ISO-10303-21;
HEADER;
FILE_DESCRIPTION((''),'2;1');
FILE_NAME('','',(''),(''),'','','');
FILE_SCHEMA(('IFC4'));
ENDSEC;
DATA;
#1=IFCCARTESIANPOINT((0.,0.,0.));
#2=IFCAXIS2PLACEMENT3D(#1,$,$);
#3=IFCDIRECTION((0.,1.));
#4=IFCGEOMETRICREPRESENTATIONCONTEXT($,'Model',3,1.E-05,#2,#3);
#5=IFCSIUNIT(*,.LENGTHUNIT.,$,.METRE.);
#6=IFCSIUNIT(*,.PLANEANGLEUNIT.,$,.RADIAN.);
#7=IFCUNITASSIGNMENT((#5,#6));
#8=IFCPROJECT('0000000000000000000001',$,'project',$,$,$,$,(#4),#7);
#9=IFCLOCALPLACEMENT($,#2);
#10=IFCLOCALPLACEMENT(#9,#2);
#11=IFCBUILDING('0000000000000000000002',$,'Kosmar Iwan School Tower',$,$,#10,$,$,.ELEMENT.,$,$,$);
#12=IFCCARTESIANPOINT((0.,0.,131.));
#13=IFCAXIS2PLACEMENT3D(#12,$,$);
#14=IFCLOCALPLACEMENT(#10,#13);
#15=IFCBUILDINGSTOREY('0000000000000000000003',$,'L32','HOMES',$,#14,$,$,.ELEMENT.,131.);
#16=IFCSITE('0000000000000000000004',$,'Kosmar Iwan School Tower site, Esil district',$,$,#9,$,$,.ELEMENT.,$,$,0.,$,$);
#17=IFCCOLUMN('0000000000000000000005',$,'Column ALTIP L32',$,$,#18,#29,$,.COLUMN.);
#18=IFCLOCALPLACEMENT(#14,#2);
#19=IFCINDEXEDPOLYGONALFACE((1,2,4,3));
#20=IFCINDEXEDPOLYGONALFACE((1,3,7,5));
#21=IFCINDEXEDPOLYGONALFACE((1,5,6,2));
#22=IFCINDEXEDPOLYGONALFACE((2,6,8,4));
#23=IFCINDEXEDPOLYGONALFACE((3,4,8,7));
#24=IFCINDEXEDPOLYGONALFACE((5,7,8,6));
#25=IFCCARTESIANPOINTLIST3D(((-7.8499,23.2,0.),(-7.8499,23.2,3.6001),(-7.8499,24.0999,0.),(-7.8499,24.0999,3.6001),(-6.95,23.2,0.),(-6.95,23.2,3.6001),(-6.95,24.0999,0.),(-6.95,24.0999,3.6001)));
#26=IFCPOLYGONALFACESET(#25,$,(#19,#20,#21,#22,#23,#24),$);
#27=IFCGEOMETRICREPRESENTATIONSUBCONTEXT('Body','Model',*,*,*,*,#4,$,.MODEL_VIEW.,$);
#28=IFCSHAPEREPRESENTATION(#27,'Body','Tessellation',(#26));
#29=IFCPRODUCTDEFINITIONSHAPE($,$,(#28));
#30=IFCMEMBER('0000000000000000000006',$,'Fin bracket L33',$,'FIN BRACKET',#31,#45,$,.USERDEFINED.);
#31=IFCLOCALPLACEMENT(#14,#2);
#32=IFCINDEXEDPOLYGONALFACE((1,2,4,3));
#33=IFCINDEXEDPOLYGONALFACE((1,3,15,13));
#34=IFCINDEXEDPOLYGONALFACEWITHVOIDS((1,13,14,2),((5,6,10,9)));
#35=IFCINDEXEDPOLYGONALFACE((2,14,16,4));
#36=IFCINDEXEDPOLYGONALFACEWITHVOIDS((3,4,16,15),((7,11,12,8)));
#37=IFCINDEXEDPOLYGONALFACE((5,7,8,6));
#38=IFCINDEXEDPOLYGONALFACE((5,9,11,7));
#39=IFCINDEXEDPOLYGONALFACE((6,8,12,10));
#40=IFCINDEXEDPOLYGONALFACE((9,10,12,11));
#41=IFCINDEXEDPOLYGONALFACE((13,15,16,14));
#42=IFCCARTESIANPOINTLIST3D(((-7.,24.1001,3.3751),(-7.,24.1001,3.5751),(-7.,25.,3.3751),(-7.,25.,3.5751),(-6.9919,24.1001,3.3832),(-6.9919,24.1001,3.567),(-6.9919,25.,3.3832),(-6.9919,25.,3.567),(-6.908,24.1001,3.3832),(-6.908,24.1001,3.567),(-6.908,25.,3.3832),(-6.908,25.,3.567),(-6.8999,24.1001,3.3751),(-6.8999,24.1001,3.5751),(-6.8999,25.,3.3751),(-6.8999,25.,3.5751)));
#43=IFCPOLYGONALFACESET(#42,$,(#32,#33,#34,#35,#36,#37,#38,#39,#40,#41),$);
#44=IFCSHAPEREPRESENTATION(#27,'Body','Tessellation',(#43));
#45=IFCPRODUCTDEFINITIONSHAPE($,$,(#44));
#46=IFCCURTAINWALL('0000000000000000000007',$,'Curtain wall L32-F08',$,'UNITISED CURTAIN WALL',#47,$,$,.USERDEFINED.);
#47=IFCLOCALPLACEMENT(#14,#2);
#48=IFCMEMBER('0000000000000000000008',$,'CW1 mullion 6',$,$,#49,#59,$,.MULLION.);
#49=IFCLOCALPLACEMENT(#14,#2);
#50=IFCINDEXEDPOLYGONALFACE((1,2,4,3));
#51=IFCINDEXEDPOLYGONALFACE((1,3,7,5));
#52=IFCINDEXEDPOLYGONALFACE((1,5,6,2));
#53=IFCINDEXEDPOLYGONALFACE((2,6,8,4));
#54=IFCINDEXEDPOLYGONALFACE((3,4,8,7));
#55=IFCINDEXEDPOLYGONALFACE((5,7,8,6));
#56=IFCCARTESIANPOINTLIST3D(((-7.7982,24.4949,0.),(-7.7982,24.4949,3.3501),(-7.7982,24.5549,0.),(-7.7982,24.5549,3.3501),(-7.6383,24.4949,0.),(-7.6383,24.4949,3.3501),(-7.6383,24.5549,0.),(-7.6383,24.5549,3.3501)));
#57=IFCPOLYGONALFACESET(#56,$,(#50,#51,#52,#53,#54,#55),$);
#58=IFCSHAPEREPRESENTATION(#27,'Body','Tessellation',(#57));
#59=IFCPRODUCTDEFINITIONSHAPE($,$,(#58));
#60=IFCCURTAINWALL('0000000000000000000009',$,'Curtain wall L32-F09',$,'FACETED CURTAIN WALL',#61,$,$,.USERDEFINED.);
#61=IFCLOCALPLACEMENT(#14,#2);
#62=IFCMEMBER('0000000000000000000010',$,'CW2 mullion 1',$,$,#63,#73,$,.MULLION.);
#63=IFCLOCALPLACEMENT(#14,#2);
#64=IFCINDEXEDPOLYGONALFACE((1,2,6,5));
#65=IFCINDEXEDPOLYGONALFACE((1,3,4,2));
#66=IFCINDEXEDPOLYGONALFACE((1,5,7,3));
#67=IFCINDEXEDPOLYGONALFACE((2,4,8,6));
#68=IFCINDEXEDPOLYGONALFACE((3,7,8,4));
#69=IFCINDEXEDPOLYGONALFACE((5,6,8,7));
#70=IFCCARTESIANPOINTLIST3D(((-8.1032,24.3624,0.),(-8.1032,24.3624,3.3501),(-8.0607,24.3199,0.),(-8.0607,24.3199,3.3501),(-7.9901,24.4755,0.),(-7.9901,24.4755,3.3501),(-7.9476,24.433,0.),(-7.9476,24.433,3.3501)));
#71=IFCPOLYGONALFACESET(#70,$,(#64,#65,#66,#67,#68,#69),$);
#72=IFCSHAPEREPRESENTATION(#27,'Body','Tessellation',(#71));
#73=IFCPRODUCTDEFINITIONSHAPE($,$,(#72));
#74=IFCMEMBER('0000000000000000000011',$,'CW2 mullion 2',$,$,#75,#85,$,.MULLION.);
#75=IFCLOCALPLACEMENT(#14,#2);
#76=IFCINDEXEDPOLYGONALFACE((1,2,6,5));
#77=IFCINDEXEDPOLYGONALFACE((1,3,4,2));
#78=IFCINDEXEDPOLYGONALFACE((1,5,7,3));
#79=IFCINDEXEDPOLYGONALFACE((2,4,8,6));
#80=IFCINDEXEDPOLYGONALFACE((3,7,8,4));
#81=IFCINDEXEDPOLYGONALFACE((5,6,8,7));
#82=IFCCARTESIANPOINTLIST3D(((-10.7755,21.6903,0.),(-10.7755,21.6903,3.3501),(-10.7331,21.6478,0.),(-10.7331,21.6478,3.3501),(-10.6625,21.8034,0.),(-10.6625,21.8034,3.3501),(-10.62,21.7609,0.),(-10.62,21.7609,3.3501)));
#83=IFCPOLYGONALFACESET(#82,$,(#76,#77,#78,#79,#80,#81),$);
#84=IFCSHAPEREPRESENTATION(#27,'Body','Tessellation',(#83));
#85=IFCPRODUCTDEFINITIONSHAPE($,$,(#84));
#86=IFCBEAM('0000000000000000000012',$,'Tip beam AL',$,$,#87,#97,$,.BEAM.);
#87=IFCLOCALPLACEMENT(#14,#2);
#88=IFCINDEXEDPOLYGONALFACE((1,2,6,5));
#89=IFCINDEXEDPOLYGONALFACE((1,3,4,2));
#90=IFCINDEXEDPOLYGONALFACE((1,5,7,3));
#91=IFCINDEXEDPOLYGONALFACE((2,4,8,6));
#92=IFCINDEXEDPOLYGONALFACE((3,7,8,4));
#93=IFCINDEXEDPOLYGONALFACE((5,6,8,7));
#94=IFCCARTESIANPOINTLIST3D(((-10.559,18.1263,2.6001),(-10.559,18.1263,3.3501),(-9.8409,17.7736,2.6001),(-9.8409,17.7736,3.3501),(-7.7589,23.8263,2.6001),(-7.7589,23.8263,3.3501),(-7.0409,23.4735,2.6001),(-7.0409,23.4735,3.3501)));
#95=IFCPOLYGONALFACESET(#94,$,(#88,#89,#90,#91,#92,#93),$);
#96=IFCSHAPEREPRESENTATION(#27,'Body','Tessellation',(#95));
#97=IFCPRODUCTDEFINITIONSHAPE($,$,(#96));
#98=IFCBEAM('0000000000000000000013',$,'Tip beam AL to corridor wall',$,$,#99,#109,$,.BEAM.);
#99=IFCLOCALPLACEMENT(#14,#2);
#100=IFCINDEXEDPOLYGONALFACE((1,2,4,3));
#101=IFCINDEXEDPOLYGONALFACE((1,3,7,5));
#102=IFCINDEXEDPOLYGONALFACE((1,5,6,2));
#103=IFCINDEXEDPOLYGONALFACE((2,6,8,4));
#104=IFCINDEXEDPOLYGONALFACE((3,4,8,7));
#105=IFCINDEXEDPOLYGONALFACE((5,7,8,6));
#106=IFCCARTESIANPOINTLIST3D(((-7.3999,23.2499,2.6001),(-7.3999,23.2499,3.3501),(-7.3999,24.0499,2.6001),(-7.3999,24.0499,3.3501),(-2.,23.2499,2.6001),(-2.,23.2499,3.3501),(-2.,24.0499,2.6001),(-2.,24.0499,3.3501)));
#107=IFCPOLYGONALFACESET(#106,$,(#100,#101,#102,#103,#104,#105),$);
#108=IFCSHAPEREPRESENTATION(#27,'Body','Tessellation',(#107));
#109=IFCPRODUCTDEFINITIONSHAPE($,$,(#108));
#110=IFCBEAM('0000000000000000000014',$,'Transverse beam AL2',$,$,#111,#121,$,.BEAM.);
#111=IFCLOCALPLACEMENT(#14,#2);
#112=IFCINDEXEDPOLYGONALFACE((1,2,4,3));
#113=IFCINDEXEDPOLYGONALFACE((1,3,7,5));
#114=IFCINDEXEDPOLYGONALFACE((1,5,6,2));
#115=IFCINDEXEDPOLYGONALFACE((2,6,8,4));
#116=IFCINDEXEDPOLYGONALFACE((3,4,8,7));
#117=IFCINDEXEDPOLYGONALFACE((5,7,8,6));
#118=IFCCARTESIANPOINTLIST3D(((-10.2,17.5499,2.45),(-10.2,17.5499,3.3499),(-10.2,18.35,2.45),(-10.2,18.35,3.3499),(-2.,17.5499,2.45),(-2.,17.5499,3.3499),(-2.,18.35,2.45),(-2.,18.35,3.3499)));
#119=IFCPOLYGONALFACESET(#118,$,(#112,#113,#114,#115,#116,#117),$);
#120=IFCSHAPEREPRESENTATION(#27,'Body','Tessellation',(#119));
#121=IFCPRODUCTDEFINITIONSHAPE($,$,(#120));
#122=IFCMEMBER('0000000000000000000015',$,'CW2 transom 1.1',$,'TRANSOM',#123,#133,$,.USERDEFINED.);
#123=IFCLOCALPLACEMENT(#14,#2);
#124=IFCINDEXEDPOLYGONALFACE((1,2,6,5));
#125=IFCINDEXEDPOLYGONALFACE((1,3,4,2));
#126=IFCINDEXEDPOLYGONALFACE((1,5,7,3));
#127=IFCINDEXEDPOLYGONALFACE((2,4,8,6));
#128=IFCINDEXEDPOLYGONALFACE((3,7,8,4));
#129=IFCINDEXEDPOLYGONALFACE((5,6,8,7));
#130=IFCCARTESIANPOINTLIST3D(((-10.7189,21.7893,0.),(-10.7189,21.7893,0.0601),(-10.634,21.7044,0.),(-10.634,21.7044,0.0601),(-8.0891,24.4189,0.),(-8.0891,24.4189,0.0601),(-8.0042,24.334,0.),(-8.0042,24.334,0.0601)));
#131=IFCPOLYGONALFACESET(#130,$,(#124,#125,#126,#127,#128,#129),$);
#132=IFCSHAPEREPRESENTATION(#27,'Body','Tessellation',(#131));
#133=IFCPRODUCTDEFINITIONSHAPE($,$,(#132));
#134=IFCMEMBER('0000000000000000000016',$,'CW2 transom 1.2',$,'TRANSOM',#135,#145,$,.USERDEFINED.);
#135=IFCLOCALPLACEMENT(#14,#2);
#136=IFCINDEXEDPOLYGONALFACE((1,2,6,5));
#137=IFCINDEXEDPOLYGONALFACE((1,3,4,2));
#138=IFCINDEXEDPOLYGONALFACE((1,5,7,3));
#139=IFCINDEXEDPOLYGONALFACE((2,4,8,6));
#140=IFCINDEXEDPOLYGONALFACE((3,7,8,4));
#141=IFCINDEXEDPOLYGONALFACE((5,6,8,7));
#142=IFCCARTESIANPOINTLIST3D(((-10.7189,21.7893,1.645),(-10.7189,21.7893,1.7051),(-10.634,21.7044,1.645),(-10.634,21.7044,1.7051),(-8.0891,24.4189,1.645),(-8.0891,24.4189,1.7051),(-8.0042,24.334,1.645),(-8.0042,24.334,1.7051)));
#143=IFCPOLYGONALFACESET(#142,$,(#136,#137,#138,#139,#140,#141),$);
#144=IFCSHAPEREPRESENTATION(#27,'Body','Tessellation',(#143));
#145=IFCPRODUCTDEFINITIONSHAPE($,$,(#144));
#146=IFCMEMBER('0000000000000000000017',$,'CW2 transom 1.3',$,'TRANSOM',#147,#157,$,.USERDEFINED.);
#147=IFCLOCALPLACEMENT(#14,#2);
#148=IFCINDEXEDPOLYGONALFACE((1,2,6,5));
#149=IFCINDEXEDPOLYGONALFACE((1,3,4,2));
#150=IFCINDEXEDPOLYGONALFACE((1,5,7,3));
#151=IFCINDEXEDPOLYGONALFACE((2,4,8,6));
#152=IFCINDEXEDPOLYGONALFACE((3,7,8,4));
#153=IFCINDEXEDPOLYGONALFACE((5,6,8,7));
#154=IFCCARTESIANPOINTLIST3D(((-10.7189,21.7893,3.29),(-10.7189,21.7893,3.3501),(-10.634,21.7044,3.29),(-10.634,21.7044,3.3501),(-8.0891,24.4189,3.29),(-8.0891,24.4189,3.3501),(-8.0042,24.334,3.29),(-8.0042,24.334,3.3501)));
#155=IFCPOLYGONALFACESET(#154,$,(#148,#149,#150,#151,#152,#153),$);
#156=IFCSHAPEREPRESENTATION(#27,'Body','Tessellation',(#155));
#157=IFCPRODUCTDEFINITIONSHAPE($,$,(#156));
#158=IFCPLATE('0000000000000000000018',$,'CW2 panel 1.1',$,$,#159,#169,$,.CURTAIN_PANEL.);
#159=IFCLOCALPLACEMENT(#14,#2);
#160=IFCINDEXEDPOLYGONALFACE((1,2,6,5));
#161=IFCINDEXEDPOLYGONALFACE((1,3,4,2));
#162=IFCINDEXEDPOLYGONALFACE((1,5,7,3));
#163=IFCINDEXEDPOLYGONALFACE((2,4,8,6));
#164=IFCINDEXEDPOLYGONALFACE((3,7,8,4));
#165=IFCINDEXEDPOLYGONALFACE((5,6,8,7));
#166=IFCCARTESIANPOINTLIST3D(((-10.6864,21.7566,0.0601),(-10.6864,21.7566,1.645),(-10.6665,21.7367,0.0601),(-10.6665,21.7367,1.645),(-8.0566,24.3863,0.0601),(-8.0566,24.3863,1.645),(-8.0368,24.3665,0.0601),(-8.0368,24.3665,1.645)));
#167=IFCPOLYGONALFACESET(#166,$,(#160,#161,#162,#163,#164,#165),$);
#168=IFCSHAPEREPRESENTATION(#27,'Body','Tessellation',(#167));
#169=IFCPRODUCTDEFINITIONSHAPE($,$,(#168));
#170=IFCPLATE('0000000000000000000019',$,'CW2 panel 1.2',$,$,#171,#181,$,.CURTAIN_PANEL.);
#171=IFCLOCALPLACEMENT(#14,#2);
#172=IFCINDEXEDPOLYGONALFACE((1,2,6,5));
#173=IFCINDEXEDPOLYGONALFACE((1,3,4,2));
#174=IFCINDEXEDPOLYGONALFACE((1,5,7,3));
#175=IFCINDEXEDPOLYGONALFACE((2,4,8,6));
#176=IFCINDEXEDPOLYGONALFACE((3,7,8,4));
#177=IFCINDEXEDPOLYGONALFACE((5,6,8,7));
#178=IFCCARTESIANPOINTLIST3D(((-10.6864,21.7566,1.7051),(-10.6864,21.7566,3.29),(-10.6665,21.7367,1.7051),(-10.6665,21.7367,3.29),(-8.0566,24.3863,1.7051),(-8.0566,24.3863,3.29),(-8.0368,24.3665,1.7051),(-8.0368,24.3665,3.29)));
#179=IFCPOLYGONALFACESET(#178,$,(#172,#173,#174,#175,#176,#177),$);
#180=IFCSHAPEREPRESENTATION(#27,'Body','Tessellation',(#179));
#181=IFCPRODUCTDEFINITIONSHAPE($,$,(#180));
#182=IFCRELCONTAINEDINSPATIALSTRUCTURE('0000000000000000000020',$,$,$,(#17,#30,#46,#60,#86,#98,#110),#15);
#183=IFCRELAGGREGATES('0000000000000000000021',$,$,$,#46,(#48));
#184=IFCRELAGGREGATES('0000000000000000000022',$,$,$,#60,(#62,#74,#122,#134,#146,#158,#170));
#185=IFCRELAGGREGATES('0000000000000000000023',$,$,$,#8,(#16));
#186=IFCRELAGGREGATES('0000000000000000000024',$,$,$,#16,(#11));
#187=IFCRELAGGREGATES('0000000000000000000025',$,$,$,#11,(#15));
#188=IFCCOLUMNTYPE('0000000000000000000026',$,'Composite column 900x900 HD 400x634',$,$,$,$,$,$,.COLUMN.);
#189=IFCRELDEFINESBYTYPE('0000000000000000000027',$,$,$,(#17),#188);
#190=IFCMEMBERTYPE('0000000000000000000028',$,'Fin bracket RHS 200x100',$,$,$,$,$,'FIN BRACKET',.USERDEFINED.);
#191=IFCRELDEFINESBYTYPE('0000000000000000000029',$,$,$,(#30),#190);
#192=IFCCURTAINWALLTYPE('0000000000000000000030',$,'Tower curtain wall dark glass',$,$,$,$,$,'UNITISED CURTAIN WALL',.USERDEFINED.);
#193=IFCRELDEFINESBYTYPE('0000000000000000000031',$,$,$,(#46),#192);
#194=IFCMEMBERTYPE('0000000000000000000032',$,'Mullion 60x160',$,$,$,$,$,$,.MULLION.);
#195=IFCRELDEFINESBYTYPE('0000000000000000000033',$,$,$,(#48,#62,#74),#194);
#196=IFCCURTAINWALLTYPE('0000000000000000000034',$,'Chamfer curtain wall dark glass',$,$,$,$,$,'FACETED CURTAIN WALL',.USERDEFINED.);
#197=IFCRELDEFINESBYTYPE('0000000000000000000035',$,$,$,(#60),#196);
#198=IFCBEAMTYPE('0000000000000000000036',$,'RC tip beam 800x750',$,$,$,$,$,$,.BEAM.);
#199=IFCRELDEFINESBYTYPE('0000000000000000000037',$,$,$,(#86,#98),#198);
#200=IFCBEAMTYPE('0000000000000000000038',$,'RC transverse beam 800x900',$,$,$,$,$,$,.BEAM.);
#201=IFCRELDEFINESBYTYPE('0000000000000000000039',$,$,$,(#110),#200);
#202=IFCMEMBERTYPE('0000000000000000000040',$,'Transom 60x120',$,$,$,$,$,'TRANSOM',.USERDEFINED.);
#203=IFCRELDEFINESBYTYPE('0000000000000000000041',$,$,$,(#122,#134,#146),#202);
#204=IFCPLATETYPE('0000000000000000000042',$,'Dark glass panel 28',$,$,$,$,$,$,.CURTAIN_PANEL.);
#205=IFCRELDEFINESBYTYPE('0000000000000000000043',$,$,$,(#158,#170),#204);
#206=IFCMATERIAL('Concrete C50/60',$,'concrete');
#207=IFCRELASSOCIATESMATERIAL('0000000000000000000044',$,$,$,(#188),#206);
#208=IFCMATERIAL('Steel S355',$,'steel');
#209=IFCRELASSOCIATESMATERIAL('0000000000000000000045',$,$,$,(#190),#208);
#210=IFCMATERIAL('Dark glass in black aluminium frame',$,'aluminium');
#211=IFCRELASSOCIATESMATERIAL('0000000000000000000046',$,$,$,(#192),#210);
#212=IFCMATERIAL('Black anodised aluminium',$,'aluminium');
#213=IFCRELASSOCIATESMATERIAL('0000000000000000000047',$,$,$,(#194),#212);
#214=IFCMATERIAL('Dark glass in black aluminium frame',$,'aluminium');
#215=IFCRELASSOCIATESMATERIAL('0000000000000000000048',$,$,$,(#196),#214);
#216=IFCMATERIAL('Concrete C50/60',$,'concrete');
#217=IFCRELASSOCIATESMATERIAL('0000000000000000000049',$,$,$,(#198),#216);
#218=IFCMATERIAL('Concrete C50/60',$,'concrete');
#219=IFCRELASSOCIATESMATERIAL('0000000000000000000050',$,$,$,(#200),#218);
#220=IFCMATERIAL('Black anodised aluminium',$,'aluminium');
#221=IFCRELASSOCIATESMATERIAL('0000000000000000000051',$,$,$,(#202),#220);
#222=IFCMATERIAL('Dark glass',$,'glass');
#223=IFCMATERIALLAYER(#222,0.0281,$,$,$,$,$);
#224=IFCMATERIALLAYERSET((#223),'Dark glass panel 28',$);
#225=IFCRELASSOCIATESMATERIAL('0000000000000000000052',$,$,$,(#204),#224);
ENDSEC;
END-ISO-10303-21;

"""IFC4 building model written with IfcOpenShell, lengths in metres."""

from ifc_helpers import new_model, si_unit, direction, frame, origin, origin_2d, place, context, subcontext, project, spatial, rectangle, hollow_rectangle, extrude, material, layer, layer_set, material_profile, profile_set, type_object, element, aggregate, save


model = new_model("IFC4")

# Units and contexts
model_context = context("Model", 3, precision=1e-05, world=origin(), true_north=direction((0.0, 1.0)))
body_context = subcontext(model_context, "Body", "Model", "MODEL_VIEW")
ifc_project = project(units=[si_unit("LENGTHUNIT", "METRE"), si_unit("PLANEANGLEUNIT", "RADIAN")], contexts=[model_context])

# Site, building, storey
site_placement = place(None, origin())
site = spatial("IfcSite", under=ifc_project, at=site_placement, Name="Kosmar Iwan School Tower site, Esil district", CompositionType="ELEMENT", RefElevation=0.0)
building_placement = place(site_placement, origin())
building = spatial("IfcBuilding", under=site, at=building_placement, Name="Kosmar Iwan School Tower", CompositionType="ELEMENT")
storey_placement = place(building_placement, frame((0.0, 0.0, 131.0)))
storey = spatial("IfcBuildingStorey", under=building, at=storey_placement, Name="L32", Description="HOMES", CompositionType="ELEMENT", Elevation=131.0)

# Column
ifc_material_1 = material(Name="Concrete C50/60", Category="concrete")
ifc_material_profile_1 = material_profile(ifc_material_1, rectangle(XDim=0.8999, YDim=0.8999, at=origin_2d()), Name="RC 900x900 + HD 400x634")
ifc_profile_set_1 = profile_set([ifc_material_profile_1], Name="Concrete C50/60")
column_type = type_object("IfcColumnType", Name="Composite column 900x900 HD 400x634", PredefinedType="COLUMN", material=ifc_profile_set_1)
column_placement = place(storey_placement, frame((-7.3999, 23.6499, 0.0), z_axis=(0.0, 0.0, 1.0), x_axis=(0.0, 1.0, 0.0)))
element("IfcColumn", 1, at=column_placement, inside=storey, type_object=column_type, Name="Column ALTIP L32", PredefinedType="COLUMN", context=body_context, shape_type="SweptSolid", body=[
    extrude(rectangle(XDim=0.8999, YDim=0.8999, at=origin_2d()), origin(), (0.0, 0.0, 1.0), 3.6001),
])

# Member
ifc_material_2 = material(Name="Steel S355", Category="steel")
ifc_material_profile_2 = material_profile(ifc_material_2, hollow_rectangle(XDim=0.1001, YDim=0.2, WallThickness=0.0081, at=origin_2d()), Name="RHS 200x100x8")
ifc_profile_set_2 = profile_set([ifc_material_profile_2], Name="Steel S355")
member_type_1 = type_object("IfcMemberType", Name="Fin bracket RHS 200x100", ElementType="FIN BRACKET", PredefinedType="USERDEFINED", material=ifc_profile_set_2)
member_1_placement = place(storey_placement, frame((-6.95, 24.1001, 3.4751), z_axis=(0.0, 1.0, 0.0), x_axis=(-1.0, 0.0, 0.0)))
element("IfcMember", 2, at=member_1_placement, inside=storey, type_object=member_type_1, Name="Fin bracket L33", ObjectType="FIN BRACKET", PredefinedType="USERDEFINED", context=body_context, shape_type="SweptSolid", body=[
    extrude(hollow_rectangle(XDim=0.1001, YDim=0.2, WallThickness=0.0081, at=origin_2d()), origin(), (0.0, 0.0, 1.0), 0.8999),
])

# Curtain wall, member
ifc_material_3 = material(Name="Dark glass in black aluminium frame", Category="aluminium")
curtain_wall_type_1 = type_object("IfcCurtainWallType", Name="Tower curtain wall dark glass", ElementType="UNITISED CURTAIN WALL", PredefinedType="USERDEFINED", material=ifc_material_3)
curtain_wall_1_placement = place(storey_placement, origin())
curtain_wall_1 = element("IfcCurtainWall", 3, at=curtain_wall_1_placement, inside=storey, type_object=curtain_wall_type_1, Name="Curtain wall L32-F08", ObjectType="UNITISED CURTAIN WALL", PredefinedType="USERDEFINED")
ifc_material_4 = material(Name="Black anodised aluminium", Category="aluminium")
ifc_material_profile_3 = material_profile(ifc_material_4, rectangle(XDim=0.0601, YDim=0.1599, at=origin_2d()), Name="MULLION 60x160")
ifc_profile_set_3 = profile_set([ifc_material_profile_3], Name="Black anodised aluminium")
member_type_2 = type_object("IfcMemberType", Name="Mullion 60x160", PredefinedType="MULLION", material=ifc_profile_set_3)
member_2_placement = place(storey_placement, frame((-7.7183, 24.5249, 0.0), z_axis=(0.0, 0.0, 1.0), x_axis=(0.0, -1.0, 0.0)))
member_2 = element("IfcMember", 4, at=member_2_placement, type_object=member_type_2, Name="CW1 mullion 6", PredefinedType="MULLION", context=body_context, shape_type="SweptSolid", body=[
    extrude(rectangle(XDim=0.0601, YDim=0.1599, at=origin_2d()), origin(), (0.0, 0.0, 1.0), 3.3501),
])
aggregate(curtain_wall_1, [member_2])

# Curtain wall, members
ifc_material_5 = material(Name="Dark glass in black aluminium frame", Category="aluminium")
curtain_wall_type_2 = type_object("IfcCurtainWallType", Name="Chamfer curtain wall dark glass", ElementType="FACETED CURTAIN WALL", PredefinedType="USERDEFINED", material=ifc_material_5)
curtain_wall_2_placement = place(storey_placement, origin())
curtain_wall_2 = element("IfcCurtainWall", 5, at=curtain_wall_2_placement, inside=storey, type_object=curtain_wall_type_2, Name="Curtain wall L32-F09", ObjectType="FACETED CURTAIN WALL", PredefinedType="USERDEFINED")
member_3_placement = place(storey_placement, frame((-8.0254, 24.3977, 0.0), z_axis=(0.0, 0.0, 1.0), x_axis=(0.707107, -0.707107, 0.0)))
member_3 = element("IfcMember", 6, at=member_3_placement, type_object=member_type_2, Name="CW2 mullion 1", PredefinedType="MULLION", context=body_context, shape_type="SweptSolid", body=[
    extrude(rectangle(XDim=0.0601, YDim=0.1599, at=origin_2d()), origin(), (0.0, 0.0, 1.0), 3.3501),
])
member_4_placement = place(storey_placement, frame((-10.6978, 21.7256, 0.0), z_axis=(0.0, 0.0, 1.0), x_axis=(0.707107, -0.707107, 0.0)))
member_4 = element("IfcMember", 7, at=member_4_placement, type_object=member_type_2, Name="CW2 mullion 2", PredefinedType="MULLION", context=body_context, shape_type="SweptSolid", body=[
    extrude(rectangle(XDim=0.0601, YDim=0.1599, at=origin_2d()), origin(), (0.0, 0.0, 1.0), 3.3501),
])

# Beams
ifc_material_6 = material(Name="Concrete C50/60", Category="concrete")
ifc_material_profile_4 = material_profile(ifc_material_6, rectangle(XDim=0.8, YDim=0.75, at=origin_2d()), Name="RC 800x750")
ifc_profile_set_4 = profile_set([ifc_material_profile_4], Name="Concrete C50/60")
beam_type_1 = type_object("IfcBeamType", Name="RC tip beam 800x750", PredefinedType="BEAM", material=ifc_profile_set_4)
beam_1_placement = place(storey_placement, frame((-10.2, 17.95, 2.9751), z_axis=(0.440913, 0.89755, 0.0), x_axis=(-0.89755, 0.440913, 0.0)))
element("IfcBeam", 8, at=beam_1_placement, inside=storey, type_object=beam_type_1, Name="Tip beam AL", PredefinedType="BEAM", context=body_context, shape_type="SweptSolid", body=[
    extrude(rectangle(XDim=0.8, YDim=0.75, at=origin_2d()), origin(), (0.0, 0.0, 1.0), 6.3506),
])
beam_2_placement = place(storey_placement, frame((-7.3999, 23.6499, 2.9751), z_axis=(1.0, 0.0, 0.0), x_axis=(0.0, 1.0, 0.0)))
element("IfcBeam", 9, at=beam_2_placement, inside=storey, type_object=beam_type_1, Name="Tip beam AL to corridor wall", PredefinedType="BEAM", context=body_context, shape_type="SweptSolid", body=[
    extrude(rectangle(XDim=0.8, YDim=0.75, at=origin_2d()), origin(), (0.0, 0.0, 1.0), 5.3999),
])
ifc_material_7 = material(Name="Concrete C50/60", Category="concrete")
ifc_material_profile_5 = material_profile(ifc_material_7, rectangle(XDim=0.8, YDim=0.8999, at=origin_2d()), Name="RC 800x900")
ifc_profile_set_5 = profile_set([ifc_material_profile_5], Name="Concrete C50/60")
beam_type_2 = type_object("IfcBeamType", Name="RC transverse beam 800x900", PredefinedType="BEAM", material=ifc_profile_set_5)
beam_3_placement = place(storey_placement, frame((-10.2, 17.95, 2.8999), z_axis=(1.0, 0.0, 0.0), x_axis=(0.0, 1.0, 0.0)))
element("IfcBeam", 10, at=beam_3_placement, inside=storey, type_object=beam_type_2, Name="Transverse beam AL2", PredefinedType="BEAM", context=body_context, shape_type="SweptSolid", body=[
    extrude(rectangle(XDim=0.8, YDim=0.8999, at=origin_2d()), origin(), (0.0, 0.0, 1.0), 8.2),
])

# Members
ifc_material_8 = material(Name="Black anodised aluminium", Category="aluminium")
ifc_material_profile_6 = material_profile(ifc_material_8, rectangle(XDim=0.1201, YDim=0.0601, at=origin_2d()), Name="TRANSOM 60x120")
ifc_profile_set_6 = profile_set([ifc_material_profile_6], Name="Black anodised aluminium")
member_type_3 = type_object("IfcMemberType", Name="Transom 60x120", ElementType="TRANSOM", PredefinedType="USERDEFINED", material=ifc_profile_set_6)
member_5_placement = place(storey_placement, frame((-8.0466, 24.3765, 0.03), z_axis=(-0.70714, -0.707074, 0.0), x_axis=(0.707074, -0.70714, 0.0)))
member_5 = element("IfcMember", 11, at=member_5_placement, type_object=member_type_3, Name="CW2 transom 1.1", ObjectType="TRANSOM", PredefinedType="USERDEFINED", context=body_context, shape_type="SweptSolid", body=[
    extrude(rectangle(XDim=0.1201, YDim=0.0601, at=origin_2d()), origin(), (0.0, 0.0, 1.0), 3.719),
])
member_6_placement = place(storey_placement, frame((-8.0466, 24.3765, 1.675), z_axis=(-0.70714, -0.707074, 0.0), x_axis=(0.707074, -0.70714, 0.0)))
member_6 = element("IfcMember", 12, at=member_6_placement, type_object=member_type_3, Name="CW2 transom 1.2", ObjectType="TRANSOM", PredefinedType="USERDEFINED", context=body_context, shape_type="SweptSolid", body=[
    extrude(rectangle(XDim=0.1201, YDim=0.0601, at=origin_2d()), origin(), (0.0, 0.0, 1.0), 3.719),
])
member_7_placement = place(storey_placement, frame((-8.0466, 24.3765, 3.3201), z_axis=(-0.70714, -0.707074, 0.0), x_axis=(0.707074, -0.70714, 0.0)))
member_7 = element("IfcMember", 13, at=member_7_placement, type_object=member_type_3, Name="CW2 transom 1.3", ObjectType="TRANSOM", PredefinedType="USERDEFINED", context=body_context, shape_type="SweptSolid", body=[
    extrude(rectangle(XDim=0.1201, YDim=0.0601, at=origin_2d()), origin(), (0.0, 0.0, 1.0), 3.719),
])

# Plates
ifc_material_9 = material(Name="Dark glass", Category="glass")
ifc_layer = layer(ifc_material_9, 0.0281)
ifc_layer_set = layer_set([ifc_layer], Name="Dark glass panel 28")
plate_type = type_object("IfcPlateType", Name="Dark glass panel 28", PredefinedType="CURTAIN_PANEL", material=ifc_layer_set)
plate_1_placement = place(storey_placement, frame((-9.3616, 23.0615, 0.0601), z_axis=(0.0, 0.0, 1.0), x_axis=(-0.707107, -0.707107, 0.0)))
plate_1 = element("IfcPlate", 14, at=plate_1_placement, type_object=plate_type, Name="CW2 panel 1.1", PredefinedType="CURTAIN_PANEL", context=body_context, shape_type="SweptSolid", body=[
    extrude(rectangle(XDim=3.719, YDim=0.0281, at=origin_2d()), origin(), (0.0, 0.0, 1.0), 1.585),
])
plate_2_placement = place(storey_placement, frame((-9.3616, 23.0615, 1.7051), z_axis=(0.0, 0.0, 1.0), x_axis=(-0.707107, -0.707107, 0.0)))
plate_2 = element("IfcPlate", 15, at=plate_2_placement, type_object=plate_type, Name="CW2 panel 1.2", PredefinedType="CURTAIN_PANEL", context=body_context, shape_type="SweptSolid", body=[
    extrude(rectangle(XDim=3.719, YDim=0.0281, at=origin_2d()), origin(), (0.0, 0.0, 1.0), 1.585),
])
aggregate(curtain_wall_2, [member_3, member_4, member_5, member_6, member_7, plate_1, plate_2])

save(model, "model.ifc")
